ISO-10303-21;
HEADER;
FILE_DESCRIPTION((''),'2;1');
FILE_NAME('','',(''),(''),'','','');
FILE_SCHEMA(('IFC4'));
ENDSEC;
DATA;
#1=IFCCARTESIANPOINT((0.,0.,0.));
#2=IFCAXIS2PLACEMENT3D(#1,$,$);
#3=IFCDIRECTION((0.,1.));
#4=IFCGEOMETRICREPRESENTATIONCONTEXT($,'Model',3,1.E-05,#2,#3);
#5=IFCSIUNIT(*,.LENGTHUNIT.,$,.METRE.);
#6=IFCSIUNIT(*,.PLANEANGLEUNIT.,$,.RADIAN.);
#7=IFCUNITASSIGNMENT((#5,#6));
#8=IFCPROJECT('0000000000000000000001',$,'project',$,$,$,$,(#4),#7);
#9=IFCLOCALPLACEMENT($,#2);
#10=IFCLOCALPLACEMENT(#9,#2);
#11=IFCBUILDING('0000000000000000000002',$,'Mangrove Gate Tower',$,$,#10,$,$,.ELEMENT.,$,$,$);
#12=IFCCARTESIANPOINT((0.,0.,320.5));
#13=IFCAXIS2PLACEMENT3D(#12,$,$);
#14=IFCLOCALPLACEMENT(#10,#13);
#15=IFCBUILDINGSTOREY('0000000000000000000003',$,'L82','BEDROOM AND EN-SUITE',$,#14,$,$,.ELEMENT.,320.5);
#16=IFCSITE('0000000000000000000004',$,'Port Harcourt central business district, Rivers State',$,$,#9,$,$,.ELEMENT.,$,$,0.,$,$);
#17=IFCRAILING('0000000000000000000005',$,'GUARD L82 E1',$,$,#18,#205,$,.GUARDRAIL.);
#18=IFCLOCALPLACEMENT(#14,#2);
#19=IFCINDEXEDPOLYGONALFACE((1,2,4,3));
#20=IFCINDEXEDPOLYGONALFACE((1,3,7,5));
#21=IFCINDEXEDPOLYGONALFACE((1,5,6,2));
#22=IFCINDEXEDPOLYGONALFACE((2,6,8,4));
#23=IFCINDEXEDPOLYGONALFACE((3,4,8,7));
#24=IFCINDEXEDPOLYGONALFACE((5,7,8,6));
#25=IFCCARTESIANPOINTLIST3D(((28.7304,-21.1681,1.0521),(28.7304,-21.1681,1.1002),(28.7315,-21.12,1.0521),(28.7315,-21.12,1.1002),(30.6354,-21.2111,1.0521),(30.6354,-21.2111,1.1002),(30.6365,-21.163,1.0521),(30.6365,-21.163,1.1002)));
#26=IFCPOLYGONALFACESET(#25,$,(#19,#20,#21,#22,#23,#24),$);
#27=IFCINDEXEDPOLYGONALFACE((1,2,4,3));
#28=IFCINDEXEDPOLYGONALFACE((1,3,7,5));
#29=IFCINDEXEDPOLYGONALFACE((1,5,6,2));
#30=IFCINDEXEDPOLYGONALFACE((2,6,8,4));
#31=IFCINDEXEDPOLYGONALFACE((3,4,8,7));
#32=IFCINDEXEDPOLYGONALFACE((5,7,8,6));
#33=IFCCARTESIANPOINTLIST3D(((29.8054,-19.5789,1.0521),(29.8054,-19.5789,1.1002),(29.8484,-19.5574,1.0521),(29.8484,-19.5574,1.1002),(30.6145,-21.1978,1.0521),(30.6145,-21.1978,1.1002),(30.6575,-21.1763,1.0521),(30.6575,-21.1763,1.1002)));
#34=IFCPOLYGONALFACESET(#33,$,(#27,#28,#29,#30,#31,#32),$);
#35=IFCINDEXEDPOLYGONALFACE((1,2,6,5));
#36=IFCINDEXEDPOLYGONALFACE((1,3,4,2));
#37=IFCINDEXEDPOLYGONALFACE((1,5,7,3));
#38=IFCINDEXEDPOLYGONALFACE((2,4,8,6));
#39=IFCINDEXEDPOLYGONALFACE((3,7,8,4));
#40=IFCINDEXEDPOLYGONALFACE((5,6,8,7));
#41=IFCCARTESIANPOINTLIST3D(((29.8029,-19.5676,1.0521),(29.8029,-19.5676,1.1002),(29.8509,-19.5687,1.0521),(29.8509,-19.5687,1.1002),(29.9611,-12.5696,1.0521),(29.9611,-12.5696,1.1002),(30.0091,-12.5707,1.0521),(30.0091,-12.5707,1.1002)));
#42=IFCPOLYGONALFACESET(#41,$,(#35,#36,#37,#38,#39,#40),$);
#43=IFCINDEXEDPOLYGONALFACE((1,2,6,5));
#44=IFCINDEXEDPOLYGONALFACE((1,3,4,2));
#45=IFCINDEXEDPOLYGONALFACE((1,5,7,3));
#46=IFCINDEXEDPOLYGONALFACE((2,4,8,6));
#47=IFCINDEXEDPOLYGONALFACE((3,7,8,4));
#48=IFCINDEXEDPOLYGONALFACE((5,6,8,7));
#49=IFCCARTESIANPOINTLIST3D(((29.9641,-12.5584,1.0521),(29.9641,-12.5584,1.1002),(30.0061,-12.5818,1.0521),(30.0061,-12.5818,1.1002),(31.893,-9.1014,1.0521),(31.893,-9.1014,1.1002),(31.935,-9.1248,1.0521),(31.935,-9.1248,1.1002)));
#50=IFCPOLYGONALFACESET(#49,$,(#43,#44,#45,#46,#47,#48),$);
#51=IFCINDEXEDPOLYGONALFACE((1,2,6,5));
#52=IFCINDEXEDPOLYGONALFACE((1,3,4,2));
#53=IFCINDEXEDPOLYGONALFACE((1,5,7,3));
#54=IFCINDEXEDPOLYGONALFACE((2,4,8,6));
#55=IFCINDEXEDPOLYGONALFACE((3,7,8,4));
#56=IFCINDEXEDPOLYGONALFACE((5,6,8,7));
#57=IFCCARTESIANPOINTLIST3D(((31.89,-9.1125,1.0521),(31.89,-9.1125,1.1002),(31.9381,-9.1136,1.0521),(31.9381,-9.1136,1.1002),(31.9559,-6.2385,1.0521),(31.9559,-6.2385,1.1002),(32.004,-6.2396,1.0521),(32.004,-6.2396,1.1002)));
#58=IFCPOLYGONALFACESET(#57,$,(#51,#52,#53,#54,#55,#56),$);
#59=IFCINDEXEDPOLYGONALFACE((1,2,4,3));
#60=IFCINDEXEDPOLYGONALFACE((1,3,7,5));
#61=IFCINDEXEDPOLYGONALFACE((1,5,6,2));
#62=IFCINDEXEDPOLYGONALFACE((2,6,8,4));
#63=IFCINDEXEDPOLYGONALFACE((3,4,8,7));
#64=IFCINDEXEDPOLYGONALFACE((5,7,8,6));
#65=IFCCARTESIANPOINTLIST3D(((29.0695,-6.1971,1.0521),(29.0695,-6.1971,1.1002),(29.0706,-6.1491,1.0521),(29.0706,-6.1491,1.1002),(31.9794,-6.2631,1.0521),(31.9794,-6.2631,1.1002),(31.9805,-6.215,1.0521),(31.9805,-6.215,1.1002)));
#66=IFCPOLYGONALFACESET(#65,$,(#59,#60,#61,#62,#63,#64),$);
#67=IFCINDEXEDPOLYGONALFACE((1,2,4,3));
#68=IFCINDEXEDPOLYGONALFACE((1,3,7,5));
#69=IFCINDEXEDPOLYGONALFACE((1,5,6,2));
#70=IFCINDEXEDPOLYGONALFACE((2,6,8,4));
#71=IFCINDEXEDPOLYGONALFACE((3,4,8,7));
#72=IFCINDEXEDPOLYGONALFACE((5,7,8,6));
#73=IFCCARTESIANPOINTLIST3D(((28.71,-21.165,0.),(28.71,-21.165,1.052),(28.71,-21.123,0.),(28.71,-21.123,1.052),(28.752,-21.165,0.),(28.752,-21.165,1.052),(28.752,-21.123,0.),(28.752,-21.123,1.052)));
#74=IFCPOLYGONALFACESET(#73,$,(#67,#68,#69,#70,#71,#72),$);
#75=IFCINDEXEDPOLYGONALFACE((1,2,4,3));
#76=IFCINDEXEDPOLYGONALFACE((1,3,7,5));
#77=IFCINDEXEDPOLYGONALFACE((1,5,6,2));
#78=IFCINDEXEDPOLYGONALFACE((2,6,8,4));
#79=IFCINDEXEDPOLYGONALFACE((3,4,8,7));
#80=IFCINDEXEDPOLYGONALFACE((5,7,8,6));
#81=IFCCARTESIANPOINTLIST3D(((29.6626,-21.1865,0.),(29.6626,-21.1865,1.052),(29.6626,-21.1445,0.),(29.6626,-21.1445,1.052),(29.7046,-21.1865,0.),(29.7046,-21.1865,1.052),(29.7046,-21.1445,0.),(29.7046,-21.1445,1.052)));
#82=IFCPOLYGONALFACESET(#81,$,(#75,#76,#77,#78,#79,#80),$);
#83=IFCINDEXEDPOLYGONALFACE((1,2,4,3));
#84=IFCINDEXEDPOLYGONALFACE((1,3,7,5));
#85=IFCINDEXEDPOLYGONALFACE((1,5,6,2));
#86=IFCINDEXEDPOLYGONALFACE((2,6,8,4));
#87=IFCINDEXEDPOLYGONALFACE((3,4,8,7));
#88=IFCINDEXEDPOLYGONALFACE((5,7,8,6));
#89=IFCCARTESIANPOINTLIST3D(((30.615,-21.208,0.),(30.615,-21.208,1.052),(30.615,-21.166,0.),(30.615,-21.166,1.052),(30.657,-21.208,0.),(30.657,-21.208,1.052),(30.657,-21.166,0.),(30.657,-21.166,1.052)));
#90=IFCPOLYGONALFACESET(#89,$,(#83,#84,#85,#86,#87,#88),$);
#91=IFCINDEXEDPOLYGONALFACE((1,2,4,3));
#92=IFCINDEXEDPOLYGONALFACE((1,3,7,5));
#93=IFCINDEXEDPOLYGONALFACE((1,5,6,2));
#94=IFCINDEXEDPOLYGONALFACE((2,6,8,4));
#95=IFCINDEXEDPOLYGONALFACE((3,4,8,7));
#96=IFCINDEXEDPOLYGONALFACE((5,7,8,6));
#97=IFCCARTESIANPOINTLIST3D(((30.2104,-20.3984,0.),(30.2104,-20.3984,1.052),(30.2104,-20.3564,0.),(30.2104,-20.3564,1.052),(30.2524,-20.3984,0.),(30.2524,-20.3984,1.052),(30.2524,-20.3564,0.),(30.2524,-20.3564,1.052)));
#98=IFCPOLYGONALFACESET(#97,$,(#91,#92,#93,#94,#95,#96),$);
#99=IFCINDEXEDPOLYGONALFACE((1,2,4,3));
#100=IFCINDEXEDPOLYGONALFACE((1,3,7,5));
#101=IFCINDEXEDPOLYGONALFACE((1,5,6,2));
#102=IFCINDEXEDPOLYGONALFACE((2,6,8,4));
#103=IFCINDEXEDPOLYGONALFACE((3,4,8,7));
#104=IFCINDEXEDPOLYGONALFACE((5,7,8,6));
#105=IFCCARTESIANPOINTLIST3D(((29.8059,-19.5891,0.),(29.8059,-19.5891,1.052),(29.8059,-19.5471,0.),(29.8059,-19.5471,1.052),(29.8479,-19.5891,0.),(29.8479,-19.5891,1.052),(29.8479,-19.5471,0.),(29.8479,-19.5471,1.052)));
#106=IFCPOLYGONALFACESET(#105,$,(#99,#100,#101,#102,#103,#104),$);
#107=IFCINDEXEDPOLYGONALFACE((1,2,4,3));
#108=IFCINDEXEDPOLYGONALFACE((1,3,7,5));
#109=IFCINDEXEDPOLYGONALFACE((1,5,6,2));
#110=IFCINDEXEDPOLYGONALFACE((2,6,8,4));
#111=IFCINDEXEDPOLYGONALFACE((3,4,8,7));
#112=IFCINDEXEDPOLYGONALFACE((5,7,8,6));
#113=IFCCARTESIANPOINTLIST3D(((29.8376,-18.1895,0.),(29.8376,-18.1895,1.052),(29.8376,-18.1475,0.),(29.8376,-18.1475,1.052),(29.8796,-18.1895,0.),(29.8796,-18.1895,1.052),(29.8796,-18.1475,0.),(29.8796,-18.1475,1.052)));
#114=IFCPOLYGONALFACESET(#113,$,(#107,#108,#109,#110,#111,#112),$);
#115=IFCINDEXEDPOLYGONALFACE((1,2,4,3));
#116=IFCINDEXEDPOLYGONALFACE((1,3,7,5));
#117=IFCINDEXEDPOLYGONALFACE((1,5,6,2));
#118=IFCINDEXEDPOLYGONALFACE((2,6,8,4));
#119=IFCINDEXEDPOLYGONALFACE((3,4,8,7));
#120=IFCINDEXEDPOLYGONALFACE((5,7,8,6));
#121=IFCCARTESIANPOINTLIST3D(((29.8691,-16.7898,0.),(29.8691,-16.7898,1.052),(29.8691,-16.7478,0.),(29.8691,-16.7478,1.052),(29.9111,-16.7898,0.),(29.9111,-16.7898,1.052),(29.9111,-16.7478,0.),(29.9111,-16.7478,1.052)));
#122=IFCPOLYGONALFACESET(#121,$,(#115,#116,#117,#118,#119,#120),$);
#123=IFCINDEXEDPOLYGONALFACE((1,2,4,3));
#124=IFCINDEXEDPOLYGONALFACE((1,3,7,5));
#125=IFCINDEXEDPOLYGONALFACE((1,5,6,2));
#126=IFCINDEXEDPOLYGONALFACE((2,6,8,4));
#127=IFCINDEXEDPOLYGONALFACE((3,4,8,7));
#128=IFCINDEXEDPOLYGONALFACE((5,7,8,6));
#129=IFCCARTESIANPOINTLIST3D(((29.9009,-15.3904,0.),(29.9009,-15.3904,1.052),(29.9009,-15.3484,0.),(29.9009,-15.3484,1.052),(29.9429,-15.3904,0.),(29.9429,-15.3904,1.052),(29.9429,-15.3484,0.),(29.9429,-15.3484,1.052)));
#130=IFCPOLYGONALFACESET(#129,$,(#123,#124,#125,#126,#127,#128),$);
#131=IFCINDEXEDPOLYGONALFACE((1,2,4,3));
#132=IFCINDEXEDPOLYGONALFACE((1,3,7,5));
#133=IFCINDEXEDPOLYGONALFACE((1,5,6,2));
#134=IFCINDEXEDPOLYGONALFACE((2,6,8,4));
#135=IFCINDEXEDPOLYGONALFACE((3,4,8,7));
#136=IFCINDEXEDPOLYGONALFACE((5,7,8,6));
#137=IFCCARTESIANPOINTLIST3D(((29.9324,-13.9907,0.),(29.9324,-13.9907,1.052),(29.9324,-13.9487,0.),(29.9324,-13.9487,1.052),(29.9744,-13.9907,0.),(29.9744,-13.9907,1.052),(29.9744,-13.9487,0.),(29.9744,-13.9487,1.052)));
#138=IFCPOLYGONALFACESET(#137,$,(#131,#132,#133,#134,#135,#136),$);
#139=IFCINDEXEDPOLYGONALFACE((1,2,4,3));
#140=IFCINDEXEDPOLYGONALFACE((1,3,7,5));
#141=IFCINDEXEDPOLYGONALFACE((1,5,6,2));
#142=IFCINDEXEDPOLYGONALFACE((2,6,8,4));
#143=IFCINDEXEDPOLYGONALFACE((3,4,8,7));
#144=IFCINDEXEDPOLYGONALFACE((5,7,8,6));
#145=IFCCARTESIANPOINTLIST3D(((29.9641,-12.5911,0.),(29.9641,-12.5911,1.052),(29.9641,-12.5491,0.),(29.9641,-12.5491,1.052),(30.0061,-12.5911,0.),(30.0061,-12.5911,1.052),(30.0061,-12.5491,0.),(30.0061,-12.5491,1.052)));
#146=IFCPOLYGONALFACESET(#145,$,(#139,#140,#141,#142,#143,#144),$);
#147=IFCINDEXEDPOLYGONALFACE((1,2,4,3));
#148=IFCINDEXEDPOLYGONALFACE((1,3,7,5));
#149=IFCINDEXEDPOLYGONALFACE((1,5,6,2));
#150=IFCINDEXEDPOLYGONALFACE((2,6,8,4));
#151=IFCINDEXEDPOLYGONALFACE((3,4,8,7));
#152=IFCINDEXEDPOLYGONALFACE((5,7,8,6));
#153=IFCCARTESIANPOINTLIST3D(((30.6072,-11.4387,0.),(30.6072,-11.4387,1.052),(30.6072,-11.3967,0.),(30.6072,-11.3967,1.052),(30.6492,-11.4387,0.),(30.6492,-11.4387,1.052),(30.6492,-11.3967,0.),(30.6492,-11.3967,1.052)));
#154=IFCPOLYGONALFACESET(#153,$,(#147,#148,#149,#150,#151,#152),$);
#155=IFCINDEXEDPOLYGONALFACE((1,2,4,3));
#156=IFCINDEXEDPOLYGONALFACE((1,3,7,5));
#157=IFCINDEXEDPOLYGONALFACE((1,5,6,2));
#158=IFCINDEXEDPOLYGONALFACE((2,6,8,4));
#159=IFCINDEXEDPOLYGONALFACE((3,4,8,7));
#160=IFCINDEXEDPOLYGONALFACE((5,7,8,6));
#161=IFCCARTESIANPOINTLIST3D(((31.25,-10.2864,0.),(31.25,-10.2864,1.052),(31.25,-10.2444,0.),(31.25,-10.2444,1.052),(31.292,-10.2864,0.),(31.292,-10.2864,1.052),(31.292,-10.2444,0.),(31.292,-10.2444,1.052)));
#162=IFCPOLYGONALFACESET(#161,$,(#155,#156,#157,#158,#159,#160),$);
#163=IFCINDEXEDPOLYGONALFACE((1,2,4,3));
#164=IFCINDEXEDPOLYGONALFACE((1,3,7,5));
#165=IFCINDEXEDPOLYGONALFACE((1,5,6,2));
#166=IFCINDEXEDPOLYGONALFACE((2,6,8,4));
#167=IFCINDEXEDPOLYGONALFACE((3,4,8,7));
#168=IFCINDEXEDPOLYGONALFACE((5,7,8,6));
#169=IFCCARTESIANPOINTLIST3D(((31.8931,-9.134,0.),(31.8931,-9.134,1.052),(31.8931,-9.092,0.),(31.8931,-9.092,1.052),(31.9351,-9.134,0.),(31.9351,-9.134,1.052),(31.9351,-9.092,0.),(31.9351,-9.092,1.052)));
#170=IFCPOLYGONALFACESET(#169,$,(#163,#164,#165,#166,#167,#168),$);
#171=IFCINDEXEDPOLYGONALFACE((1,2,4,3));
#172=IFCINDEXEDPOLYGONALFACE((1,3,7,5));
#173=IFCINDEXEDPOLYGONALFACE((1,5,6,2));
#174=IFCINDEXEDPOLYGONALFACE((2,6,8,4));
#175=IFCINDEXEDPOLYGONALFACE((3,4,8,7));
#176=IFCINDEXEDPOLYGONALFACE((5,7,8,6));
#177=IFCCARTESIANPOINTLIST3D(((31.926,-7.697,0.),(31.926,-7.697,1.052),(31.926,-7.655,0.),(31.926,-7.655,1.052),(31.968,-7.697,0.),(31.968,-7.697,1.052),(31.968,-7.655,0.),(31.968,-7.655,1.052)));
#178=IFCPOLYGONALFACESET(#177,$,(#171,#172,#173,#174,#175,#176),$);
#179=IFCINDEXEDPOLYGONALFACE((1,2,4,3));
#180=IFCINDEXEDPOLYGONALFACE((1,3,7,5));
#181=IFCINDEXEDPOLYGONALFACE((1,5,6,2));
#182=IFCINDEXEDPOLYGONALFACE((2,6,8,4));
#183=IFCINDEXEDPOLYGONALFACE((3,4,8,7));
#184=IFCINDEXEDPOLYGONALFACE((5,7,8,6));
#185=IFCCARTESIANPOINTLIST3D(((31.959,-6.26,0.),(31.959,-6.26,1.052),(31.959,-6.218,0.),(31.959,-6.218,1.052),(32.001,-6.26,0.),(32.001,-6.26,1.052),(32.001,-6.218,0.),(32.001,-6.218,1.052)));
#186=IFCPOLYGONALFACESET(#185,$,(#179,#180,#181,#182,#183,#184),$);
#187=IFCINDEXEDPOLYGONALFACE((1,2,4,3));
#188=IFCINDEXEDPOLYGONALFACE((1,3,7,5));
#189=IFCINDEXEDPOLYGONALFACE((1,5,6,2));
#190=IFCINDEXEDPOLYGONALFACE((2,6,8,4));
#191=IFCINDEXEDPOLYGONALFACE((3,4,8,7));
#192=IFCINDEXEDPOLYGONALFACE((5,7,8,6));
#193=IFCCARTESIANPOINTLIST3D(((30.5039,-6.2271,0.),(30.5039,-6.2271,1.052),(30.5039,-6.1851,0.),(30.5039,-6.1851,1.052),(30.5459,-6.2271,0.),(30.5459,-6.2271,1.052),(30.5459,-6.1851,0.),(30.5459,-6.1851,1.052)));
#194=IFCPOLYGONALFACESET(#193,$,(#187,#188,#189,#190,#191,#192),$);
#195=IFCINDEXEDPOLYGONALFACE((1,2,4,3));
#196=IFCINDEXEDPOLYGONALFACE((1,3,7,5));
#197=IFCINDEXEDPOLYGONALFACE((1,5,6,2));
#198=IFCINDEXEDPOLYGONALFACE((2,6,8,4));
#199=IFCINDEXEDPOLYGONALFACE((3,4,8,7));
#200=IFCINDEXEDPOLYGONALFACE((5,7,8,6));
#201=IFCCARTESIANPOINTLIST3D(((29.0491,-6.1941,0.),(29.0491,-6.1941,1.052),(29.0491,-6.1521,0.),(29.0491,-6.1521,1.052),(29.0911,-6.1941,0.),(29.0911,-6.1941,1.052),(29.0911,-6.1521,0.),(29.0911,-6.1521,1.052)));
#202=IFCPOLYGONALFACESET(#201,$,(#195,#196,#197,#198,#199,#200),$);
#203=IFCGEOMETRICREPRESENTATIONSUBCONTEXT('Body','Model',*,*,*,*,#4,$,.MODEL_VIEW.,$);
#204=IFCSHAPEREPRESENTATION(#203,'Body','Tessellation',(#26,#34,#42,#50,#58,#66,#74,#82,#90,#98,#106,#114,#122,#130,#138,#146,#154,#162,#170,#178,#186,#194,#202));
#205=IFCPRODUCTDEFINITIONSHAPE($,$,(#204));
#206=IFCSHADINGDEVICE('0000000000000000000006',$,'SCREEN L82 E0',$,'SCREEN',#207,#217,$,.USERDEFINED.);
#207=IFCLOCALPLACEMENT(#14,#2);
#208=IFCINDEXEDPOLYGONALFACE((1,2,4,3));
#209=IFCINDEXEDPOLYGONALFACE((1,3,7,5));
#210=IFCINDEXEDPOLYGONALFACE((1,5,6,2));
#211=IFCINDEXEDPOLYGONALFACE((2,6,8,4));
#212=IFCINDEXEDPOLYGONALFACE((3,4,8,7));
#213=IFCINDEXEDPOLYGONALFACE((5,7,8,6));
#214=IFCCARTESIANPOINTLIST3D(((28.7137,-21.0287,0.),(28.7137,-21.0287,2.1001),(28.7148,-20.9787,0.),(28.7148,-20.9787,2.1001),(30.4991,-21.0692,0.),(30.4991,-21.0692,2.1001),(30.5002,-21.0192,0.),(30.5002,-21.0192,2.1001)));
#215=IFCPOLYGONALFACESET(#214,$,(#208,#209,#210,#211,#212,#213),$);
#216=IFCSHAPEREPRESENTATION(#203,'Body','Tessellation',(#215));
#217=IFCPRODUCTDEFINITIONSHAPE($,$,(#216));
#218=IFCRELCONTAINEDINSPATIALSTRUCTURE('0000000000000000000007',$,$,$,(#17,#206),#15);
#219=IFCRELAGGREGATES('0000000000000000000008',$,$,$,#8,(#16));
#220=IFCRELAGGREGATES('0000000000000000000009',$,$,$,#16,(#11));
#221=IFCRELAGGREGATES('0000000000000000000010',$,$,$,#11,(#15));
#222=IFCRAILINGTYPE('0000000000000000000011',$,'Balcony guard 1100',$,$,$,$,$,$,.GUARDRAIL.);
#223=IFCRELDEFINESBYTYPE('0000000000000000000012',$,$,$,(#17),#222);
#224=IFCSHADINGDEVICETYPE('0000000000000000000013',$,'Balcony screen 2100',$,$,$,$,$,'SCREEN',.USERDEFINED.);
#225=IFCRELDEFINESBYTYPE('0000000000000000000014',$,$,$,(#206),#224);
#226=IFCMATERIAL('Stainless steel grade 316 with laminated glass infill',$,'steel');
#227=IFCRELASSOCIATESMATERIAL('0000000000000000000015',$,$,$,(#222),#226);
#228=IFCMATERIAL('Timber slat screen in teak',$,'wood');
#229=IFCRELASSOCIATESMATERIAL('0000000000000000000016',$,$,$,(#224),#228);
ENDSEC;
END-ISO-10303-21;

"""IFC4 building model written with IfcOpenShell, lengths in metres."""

from ifc_helpers import new_model, si_unit, direction, frame, origin, origin_2d, place, context, subcontext, project, spatial, rectangle, extrude, material, type_object, element, save


model = new_model("IFC4")

# Units and contexts
model_context = context("Model", 3, precision=1e-05, world=origin(), true_north=direction((0.0, 1.0)))
body_context = subcontext(model_context, "Body", "Model", "MODEL_VIEW")
ifc_project = project(units=[si_unit("LENGTHUNIT", "METRE"), si_unit("PLANEANGLEUNIT", "RADIAN")], contexts=[model_context])

# Site, building, storey
site_placement = place(None, origin())
site = spatial("IfcSite", under=ifc_project, at=site_placement, Name="Port Harcourt central business district, Rivers State", CompositionType="ELEMENT", RefElevation=0.0)
building_placement = place(site_placement, origin())
building = spatial("IfcBuilding", under=site, at=building_placement, Name="Mangrove Gate Tower", CompositionType="ELEMENT")
storey_placement = place(building_placement, frame((0.0, 0.0, 320.5)))
storey = spatial("IfcBuildingStorey", under=building, at=storey_placement, Name="L82", Description="BEDROOM AND EN-SUITE", CompositionType="ELEMENT", Elevation=320.5)

# Railing
ifc_material_1 = material(Name="Stainless steel grade 316 with laminated glass infill", Category="steel")
railing_type = type_object("IfcRailingType", Name="Balcony guard 1100", PredefinedType="GUARDRAIL", material=ifc_material_1)
railing_placement = place(storey_placement, frame((28.731, -21.144, 0.0)))
element("IfcRailing", 1, at=railing_placement, inside=storey, type_object=railing_type, Name="GUARD L82 E1", PredefinedType="GUARDRAIL", context=body_context, shape_type="SweptSolid", body=[
    extrude(rectangle(XDim=0.0481, YDim=0.0481, at=origin_2d()), frame((0.0, 0.0, 1.0762), z_axis=(0.999746, -0.02255, 0.0), x_axis=(0.02255, 0.999746, 0.0)), (0.0, 0.0, 1.0), 1.9055),
    extrude(rectangle(XDim=0.0481, YDim=0.0481, at=origin_2d()), frame((1.905, -0.043, 1.0762), z_axis=(-0.447052, 0.894508, 0.0), x_axis=(-0.894508, -0.447052, 0.0)), (0.0, 0.0, 1.0), 1.8098),
    extrude(rectangle(XDim=0.0481, YDim=0.0481, at=origin_2d()), frame((1.0959, 1.5759, 1.0762), z_axis=(0.022601, 0.999745, 0.0), x_axis=(-0.999745, 0.022601, 0.0)), (0.0, 0.0, 1.0), 6.9998),
    extrude(rectangle(XDim=0.0481, YDim=0.0481, at=origin_2d()), frame((1.2542, 8.574, 1.0762), z_axis=(0.48726, 0.873257, 0.0), x_axis=(-0.873257, 0.48726, 0.0)), (0.0, 0.0, 1.0), 3.9587),
    extrude(rectangle(XDim=0.0481, YDim=0.0481, at=origin_2d()), frame((3.1831, 12.031, 1.0762), z_axis=(0.02293, 0.999737, 0.0), x_axis=(-0.999737, 0.02293, 0.0)), (0.0, 0.0, 1.0), 2.8748),
    extrude(rectangle(XDim=0.0481, YDim=0.0481, at=origin_2d()), frame((3.249, 14.905, 1.0762), z_axis=(-0.999744, 0.022647, 0.0), x_axis=(-0.022647, -0.999744, 0.0)), (0.0, 0.0, 1.0), 2.9106),
    extrude(rectangle(XDim=0.042, YDim=0.042, at=origin_2d()), origin(), (0.0, 0.0, 1.0), 1.052),
    extrude(rectangle(XDim=0.042, YDim=0.042, at=origin_2d()), frame((0.9526, -0.0215, 0.0)), (0.0, 0.0, 1.0), 1.052),
    extrude(rectangle(XDim=0.042, YDim=0.042, at=origin_2d()), frame((1.905, -0.043, 0.0)), (0.0, 0.0, 1.0), 1.052),
    extrude(rectangle(XDim=0.042, YDim=0.042, at=origin_2d()), frame((1.5005, 0.7666, 0.0)), (0.0, 0.0, 1.0), 1.052),
    extrude(rectangle(XDim=0.042, YDim=0.042, at=origin_2d()), frame((1.0959, 1.5759, 0.0)), (0.0, 0.0, 1.0), 1.052),
    extrude(rectangle(XDim=0.042, YDim=0.042, at=origin_2d()), frame((1.1277, 2.9756, 0.0)), (0.0, 0.0, 1.0), 1.052),
    extrude(rectangle(XDim=0.042, YDim=0.042, at=origin_2d()), frame((1.1592, 4.3752, 0.0)), (0.0, 0.0, 1.0), 1.052),
    extrude(rectangle(XDim=0.042, YDim=0.042, at=origin_2d()), frame((1.1909, 5.7747, 0.0)), (0.0, 0.0, 1.0), 1.052),
    extrude(rectangle(XDim=0.042, YDim=0.042, at=origin_2d()), frame((1.2224, 7.1743, 0.0)), (0.0, 0.0, 1.0), 1.052),
    extrude(rectangle(XDim=0.042, YDim=0.042, at=origin_2d()), frame((1.2542, 8.574, 0.0)), (0.0, 0.0, 1.0), 1.052),
    extrude(rectangle(XDim=0.042, YDim=0.042, at=origin_2d()), frame((1.8972, 9.7263, 0.0)), (0.0, 0.0, 1.0), 1.052),
    extrude(rectangle(XDim=0.042, YDim=0.042, at=origin_2d()), frame((2.54, 10.8787, 0.0)), (0.0, 0.0, 1.0), 1.052),
    extrude(rectangle(XDim=0.042, YDim=0.042, at=origin_2d()), frame((3.1831, 12.031, 0.0)), (0.0, 0.0, 1.0), 1.052),
    extrude(rectangle(XDim=0.042, YDim=0.042, at=origin_2d()), frame((3.2161, 13.468, 0.0)), (0.0, 0.0, 1.0), 1.052),
    extrude(rectangle(XDim=0.042, YDim=0.042, at=origin_2d()), frame((3.249, 14.905, 0.0)), (0.0, 0.0, 1.0), 1.052),
    extrude(rectangle(XDim=0.042, YDim=0.042, at=origin_2d()), frame((1.7939, 14.938, 0.0)), (0.0, 0.0, 1.0), 1.052),
    extrude(rectangle(XDim=0.042, YDim=0.042, at=origin_2d()), frame((0.3391, 14.9709, 0.0)), (0.0, 0.0, 1.0), 1.052),
])

# Shading device
ifc_material_2 = material(Name="Timber slat screen in teak", Category="wood")
shading_device_type = type_object("IfcShadingDeviceType", Name="Balcony screen 2100", ElementType="SCREEN", PredefinedType="USERDEFINED", material=ifc_material_2)
shading_device_placement = place(storey_placement, frame((29.6069, -21.0239, 0.0), z_axis=(0.0, 0.0, 1.0), x_axis=(0.999743, -0.02267, 0.0)))
element("IfcShadingDevice", 2, at=shading_device_placement, inside=storey, type_object=shading_device_type, Name="SCREEN L82 E0", ObjectType="SCREEN", PredefinedType="USERDEFINED", context=body_context, shape_type="SweptSolid", body=[
    extrude(rectangle(XDim=1.7859, YDim=0.05, at=origin_2d()), origin(), (0.0, 0.0, 1.0), 2.1001),
])

save(model, "model.ifc")
